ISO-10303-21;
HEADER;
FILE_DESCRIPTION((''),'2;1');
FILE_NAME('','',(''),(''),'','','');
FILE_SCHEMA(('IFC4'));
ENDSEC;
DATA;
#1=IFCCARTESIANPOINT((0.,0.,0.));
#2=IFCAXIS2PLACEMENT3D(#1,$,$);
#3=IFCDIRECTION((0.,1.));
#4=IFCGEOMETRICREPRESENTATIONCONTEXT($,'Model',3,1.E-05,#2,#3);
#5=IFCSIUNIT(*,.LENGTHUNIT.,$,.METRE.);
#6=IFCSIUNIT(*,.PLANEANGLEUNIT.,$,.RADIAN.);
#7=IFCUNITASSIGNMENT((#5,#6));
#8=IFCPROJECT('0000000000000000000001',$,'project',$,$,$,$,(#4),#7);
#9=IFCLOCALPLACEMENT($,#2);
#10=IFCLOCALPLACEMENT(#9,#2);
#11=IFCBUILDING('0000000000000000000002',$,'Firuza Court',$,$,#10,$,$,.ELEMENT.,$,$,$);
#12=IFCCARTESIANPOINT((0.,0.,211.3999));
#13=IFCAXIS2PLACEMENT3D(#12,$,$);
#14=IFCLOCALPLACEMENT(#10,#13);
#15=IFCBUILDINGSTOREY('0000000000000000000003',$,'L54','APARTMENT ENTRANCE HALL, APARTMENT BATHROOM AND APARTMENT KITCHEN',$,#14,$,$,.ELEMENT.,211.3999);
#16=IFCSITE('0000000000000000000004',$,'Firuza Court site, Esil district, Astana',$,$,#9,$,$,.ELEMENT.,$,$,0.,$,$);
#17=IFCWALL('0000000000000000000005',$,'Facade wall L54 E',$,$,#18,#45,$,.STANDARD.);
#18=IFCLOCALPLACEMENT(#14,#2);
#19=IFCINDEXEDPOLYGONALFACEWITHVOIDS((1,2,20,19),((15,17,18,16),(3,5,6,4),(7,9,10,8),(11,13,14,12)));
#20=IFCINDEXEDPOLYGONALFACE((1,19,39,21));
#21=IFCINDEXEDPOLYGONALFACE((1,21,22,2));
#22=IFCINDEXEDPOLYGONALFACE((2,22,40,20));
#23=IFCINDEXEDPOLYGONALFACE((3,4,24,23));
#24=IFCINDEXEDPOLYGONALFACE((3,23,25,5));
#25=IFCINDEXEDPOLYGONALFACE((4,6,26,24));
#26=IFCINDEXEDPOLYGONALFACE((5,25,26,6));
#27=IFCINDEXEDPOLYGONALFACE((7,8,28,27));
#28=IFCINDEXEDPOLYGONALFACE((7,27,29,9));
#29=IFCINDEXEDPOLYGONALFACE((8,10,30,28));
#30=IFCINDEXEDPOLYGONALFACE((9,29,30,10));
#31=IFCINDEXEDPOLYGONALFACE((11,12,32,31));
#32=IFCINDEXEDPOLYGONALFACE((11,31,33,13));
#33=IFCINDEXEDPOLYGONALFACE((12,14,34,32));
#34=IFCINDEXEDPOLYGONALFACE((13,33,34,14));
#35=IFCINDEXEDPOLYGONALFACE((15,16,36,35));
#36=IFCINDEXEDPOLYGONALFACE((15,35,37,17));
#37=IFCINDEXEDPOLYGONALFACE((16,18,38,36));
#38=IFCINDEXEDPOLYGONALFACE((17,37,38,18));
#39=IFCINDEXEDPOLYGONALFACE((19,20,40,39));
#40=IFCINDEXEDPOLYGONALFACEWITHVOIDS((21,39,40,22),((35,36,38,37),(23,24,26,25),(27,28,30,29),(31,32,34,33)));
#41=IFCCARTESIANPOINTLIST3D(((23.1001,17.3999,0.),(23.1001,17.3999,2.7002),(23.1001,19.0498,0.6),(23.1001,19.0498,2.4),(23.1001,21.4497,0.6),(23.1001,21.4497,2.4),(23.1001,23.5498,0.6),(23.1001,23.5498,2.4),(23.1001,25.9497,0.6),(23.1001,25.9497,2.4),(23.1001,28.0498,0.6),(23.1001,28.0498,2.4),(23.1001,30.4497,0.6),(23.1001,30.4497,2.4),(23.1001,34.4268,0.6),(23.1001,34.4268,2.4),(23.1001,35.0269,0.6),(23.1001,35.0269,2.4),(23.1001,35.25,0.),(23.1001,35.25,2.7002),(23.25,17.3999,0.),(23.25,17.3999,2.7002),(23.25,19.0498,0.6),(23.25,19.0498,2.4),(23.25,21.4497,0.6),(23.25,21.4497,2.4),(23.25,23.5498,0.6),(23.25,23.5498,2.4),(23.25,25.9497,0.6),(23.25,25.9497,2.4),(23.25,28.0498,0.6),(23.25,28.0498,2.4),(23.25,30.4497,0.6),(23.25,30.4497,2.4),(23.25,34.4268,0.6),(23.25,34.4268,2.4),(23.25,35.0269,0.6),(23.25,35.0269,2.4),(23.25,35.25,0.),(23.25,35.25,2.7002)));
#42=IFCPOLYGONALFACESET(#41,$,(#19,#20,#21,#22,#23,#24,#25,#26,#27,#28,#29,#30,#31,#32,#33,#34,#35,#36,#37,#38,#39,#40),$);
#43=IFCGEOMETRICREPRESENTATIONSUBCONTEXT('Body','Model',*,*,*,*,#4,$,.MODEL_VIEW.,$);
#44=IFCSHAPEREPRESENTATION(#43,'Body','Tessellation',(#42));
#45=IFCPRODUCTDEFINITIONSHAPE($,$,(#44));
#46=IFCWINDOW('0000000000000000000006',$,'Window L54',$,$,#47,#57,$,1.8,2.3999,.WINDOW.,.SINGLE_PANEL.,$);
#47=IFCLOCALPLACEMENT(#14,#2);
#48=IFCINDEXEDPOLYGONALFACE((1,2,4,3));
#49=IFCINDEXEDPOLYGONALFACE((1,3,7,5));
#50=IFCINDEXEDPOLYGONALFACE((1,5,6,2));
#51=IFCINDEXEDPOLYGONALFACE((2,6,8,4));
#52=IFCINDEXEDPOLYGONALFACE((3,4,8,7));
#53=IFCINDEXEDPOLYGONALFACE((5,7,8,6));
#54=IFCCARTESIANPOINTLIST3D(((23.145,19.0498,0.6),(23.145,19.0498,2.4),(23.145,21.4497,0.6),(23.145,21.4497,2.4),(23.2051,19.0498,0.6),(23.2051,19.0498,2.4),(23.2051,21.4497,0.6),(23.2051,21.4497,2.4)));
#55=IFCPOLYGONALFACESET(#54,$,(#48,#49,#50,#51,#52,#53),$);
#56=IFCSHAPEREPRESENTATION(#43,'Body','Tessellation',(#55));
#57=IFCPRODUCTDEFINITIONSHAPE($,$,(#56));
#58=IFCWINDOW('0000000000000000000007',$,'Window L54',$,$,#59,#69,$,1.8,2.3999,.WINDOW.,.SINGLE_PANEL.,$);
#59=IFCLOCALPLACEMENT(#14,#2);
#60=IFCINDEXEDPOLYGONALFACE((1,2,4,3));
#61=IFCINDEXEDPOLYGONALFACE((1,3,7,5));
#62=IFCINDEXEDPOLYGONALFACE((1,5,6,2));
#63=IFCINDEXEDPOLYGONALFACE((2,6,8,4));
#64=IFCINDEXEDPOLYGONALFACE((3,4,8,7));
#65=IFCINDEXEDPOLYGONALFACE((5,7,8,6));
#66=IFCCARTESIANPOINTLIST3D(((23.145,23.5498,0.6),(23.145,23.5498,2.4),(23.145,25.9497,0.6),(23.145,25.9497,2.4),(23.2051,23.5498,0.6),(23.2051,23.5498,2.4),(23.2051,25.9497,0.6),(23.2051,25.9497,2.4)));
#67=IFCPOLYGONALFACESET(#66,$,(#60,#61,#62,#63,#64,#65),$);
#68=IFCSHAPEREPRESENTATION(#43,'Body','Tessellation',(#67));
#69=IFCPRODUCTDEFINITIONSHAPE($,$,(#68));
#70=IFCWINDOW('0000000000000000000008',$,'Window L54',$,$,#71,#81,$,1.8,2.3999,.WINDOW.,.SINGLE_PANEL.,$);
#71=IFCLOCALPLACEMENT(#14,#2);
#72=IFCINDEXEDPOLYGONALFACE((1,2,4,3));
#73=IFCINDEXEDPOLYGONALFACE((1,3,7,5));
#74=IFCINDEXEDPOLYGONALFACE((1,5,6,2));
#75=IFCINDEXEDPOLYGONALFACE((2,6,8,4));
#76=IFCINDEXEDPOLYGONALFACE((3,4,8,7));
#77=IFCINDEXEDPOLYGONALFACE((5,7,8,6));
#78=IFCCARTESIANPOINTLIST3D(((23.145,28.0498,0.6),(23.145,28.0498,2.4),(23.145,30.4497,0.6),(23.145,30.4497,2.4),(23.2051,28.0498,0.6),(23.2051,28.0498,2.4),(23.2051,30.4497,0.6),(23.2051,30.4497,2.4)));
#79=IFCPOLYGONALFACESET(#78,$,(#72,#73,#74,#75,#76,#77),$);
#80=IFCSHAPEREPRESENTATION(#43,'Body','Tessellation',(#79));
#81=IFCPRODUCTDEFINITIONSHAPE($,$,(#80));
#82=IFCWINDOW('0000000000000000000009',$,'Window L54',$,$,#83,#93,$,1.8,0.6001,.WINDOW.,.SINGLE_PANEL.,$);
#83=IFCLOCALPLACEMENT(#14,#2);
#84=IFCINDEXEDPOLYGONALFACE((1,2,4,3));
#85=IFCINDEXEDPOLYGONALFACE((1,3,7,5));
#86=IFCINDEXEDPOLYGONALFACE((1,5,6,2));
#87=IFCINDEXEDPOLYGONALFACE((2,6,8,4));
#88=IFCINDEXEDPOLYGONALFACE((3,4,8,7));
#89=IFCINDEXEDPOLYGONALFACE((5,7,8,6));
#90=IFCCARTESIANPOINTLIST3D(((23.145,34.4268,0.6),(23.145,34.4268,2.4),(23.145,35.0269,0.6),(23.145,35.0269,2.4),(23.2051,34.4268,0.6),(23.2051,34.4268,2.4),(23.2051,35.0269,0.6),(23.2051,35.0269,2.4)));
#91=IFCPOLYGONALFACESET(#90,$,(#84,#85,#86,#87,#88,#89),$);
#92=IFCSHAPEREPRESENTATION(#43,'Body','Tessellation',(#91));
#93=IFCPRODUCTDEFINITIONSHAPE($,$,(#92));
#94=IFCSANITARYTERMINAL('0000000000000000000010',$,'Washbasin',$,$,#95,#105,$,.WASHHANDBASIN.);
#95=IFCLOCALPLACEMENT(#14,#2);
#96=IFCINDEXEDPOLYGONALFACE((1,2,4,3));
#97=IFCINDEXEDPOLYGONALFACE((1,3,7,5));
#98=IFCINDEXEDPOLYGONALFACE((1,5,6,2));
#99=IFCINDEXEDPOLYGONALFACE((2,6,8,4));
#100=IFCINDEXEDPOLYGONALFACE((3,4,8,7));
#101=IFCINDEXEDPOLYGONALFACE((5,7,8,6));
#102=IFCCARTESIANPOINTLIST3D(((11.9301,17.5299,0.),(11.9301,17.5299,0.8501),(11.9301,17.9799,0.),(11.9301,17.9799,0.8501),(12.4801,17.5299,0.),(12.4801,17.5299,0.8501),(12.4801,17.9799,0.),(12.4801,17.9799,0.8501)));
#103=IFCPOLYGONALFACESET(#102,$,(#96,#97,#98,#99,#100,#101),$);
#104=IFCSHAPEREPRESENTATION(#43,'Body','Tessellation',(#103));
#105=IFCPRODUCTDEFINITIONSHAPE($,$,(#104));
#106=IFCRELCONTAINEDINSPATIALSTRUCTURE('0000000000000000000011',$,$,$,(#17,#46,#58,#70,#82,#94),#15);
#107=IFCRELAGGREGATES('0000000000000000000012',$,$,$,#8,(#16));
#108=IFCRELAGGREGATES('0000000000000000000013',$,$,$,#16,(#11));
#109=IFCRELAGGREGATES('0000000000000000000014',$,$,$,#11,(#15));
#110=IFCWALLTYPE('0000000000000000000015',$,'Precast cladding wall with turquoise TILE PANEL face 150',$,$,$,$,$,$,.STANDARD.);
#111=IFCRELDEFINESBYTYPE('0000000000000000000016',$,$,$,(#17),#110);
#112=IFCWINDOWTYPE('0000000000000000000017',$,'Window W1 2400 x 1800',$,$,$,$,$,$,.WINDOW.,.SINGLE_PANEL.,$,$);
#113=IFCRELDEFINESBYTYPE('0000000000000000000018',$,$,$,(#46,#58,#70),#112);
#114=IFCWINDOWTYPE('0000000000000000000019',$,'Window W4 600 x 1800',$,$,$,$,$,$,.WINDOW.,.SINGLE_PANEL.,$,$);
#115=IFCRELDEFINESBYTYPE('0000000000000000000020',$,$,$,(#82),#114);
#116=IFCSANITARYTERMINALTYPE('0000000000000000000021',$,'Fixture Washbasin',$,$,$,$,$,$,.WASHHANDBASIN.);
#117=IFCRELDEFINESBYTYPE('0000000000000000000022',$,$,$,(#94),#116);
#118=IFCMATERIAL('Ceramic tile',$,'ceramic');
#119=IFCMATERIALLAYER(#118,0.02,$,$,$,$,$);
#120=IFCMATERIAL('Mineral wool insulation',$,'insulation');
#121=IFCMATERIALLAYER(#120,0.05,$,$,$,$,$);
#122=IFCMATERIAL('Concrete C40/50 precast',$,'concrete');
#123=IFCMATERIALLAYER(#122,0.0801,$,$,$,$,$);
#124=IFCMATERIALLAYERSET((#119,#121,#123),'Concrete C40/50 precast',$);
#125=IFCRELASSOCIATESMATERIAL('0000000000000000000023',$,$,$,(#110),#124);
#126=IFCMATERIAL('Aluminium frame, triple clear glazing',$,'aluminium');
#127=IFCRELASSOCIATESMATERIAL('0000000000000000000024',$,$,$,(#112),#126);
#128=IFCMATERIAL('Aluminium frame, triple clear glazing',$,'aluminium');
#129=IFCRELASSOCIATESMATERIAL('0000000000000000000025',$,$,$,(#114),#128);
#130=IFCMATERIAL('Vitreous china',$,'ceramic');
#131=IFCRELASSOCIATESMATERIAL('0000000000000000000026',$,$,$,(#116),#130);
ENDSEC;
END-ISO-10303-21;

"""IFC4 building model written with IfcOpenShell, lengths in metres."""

from ifc_helpers import new_model, si_unit, direction, frame, frame_2d, origin, origin_2d, place, context, subcontext, project, spatial, rectangle, extrude, material, layer, layer_set, type_object, element, fill, save


model = new_model("IFC4")

# Units and contexts
model_context = context("Model", 3, precision=1e-05, world=origin(), true_north=direction((0.0, 1.0)))
body_context = subcontext(model_context, "Body", "Model", "MODEL_VIEW")
ifc_project = project(units=[si_unit("LENGTHUNIT", "METRE"), si_unit("PLANEANGLEUNIT", "RADIAN")], contexts=[model_context])

# Site, building, storey
site_placement = place(None, origin())
site = spatial("IfcSite", under=ifc_project, at=site_placement, Name="Firuza Court site, Esil district, Astana", CompositionType="ELEMENT", RefElevation=0.0)
building_placement = place(site_placement, origin())
building = spatial("IfcBuilding", under=site, at=building_placement, Name="Firuza Court", CompositionType="ELEMENT")
storey_placement = place(building_placement, frame((0.0, 0.0, 211.3999)))
storey = spatial("IfcBuildingStorey", under=building, at=storey_placement, Name="L54", Description="APARTMENT ENTRANCE HALL, APARTMENT BATHROOM AND APARTMENT KITCHEN", CompositionType="ELEMENT", Elevation=211.3999)

# Wall, openings, windows
ifc_material_1 = material(Name="Ceramic tile", Category="ceramic")
ifc_layer_1 = layer(ifc_material_1, 0.02)
ifc_material_2 = material(Name="Mineral wool insulation", Category="insulation")
ifc_layer_2 = layer(ifc_material_2, 0.05)
ifc_material_3 = material(Name="Concrete C40/50 precast", Category="concrete")
ifc_layer_3 = layer(ifc_material_3, 0.0801)
ifc_layer_set_1 = layer_set([ifc_layer_1, ifc_layer_2, ifc_layer_3], Name="Concrete C40/50 precast")
wall_type_1 = type_object("IfcWallType", Name="Precast cladding wall with turquoise TILE PANEL face 150", PredefinedType="STANDARD", material=ifc_layer_set_1)
wall_1_placement = place(storey_placement, frame((23.175, 17.3999, 0.0), z_axis=(0.0, 0.0, 1.0), x_axis=(0.0, 1.0, 0.0)))
wall_1 = element("IfcWall", 1, at=wall_1_placement, inside=storey, type_object=wall_type_1, Name="Facade wall L54 E", PredefinedType="STANDARD", context=body_context, shape_type="SweptSolid", body=[
    extrude(rectangle(XDim=17.8501, YDim=0.1499, at=frame_2d((8.925, 0.0))), origin(), (0.0, 0.0, 1.0), 2.7002),
])
opening_1_placement = place(wall_1_placement, frame((1.6499, 0.0, 0.6001)))
opening_1 = element("IfcOpeningElement", 2, at=opening_1_placement, cuts=wall_1, PredefinedType="OPENING", context=body_context, shape_type="SweptSolid", body=[
    extrude(rectangle(XDim=2.3999, YDim=1.8, at=frame_2d((1.2, 0.8999))), frame((0.0, 0.0869, 0.0), z_axis=(0.0, -1.0, 0.0), x_axis=(1.0, 0.0, 0.0)), (0.0, 0.0, 1.0), 0.1738),
])
opening_2_placement = place(wall_1_placement, frame((6.1499, 0.0, 0.6001)))
opening_2 = element("IfcOpeningElement", 3, at=opening_2_placement, cuts=wall_1, PredefinedType="OPENING", context=body_context, shape_type="SweptSolid", body=[
    extrude(rectangle(XDim=2.3999, YDim=1.8, at=frame_2d((1.2, 0.8999))), frame((0.0, 0.0869, 0.0), z_axis=(0.0, -1.0, 0.0), x_axis=(1.0, 0.0, 0.0)), (0.0, 0.0, 1.0), 0.1738),
])
opening_3_placement = place(wall_1_placement, frame((10.6499, 0.0, 0.6001)))
opening_3 = element("IfcOpeningElement", 4, at=opening_3_placement, cuts=wall_1, PredefinedType="OPENING", context=body_context, shape_type="SweptSolid", body=[
    extrude(rectangle(XDim=2.3999, YDim=1.8, at=frame_2d((1.2, 0.8999))), frame((0.0, 0.0869, 0.0), z_axis=(0.0, -1.0, 0.0), x_axis=(1.0, 0.0, 0.0)), (0.0, 0.0, 1.0), 0.1738),
])
opening_4_placement = place(wall_1_placement, frame((17.0269, 0.0, 0.6001)))
opening_4 = element("IfcOpeningElement", 5, at=opening_4_placement, cuts=wall_1, PredefinedType="OPENING", context=body_context, shape_type="SweptSolid", body=[
    extrude(rectangle(XDim=0.6001, YDim=1.8, at=frame_2d((0.3, 0.8999))), frame((0.0, 0.0869, 0.0), z_axis=(0.0, -1.0, 0.0), x_axis=(1.0, 0.0, 0.0)), (0.0, 0.0, 1.0), 0.1738),
])
ifc_material_4 = material(Name="Aluminium frame, triple clear glazing", Category="aluminium")
window_type_1 = type_object("IfcWindowType", Name="Window W1 2400 x 1800", PartitioningType="SINGLE_PANEL", PredefinedType="WINDOW", material=ifc_material_4)
window_1_placement = place(opening_1_placement, origin())
window_1 = element("IfcWindow", 6, at=window_1_placement, inside=storey, type_object=window_type_1, Name="Window L54", OverallHeight=1.8, OverallWidth=2.3999, PartitioningType="SINGLE_PANEL", PredefinedType="WINDOW", context=body_context, shape_type="SweptSolid", body=[
    extrude(rectangle(XDim=2.3999, YDim=1.8, at=frame_2d((1.2, 0.8999))), frame((0.0, 0.03, 0.0), z_axis=(0.0, -1.0, 0.0), x_axis=(1.0, 0.0, 0.0)), (0.0, 0.0, 1.0), 0.0601),
])
fill(opening_1, window_1)
window_2_placement = place(opening_2_placement, origin())
window_2 = element("IfcWindow", 7, at=window_2_placement, inside=storey, type_object=window_type_1, Name="Window L54", OverallHeight=1.8, OverallWidth=2.3999, PartitioningType="SINGLE_PANEL", PredefinedType="WINDOW", context=body_context, shape_type="SweptSolid", body=[
    extrude(rectangle(XDim=2.3999, YDim=1.8, at=frame_2d((1.2, 0.8999))), frame((0.0, 0.03, 0.0), z_axis=(0.0, -1.0, 0.0), x_axis=(1.0, 0.0, 0.0)), (0.0, 0.0, 1.0), 0.0601),
])
fill(opening_2, window_2)
window_3_placement = place(opening_3_placement, origin())
window_3 = element("IfcWindow", 8, at=window_3_placement, inside=storey, type_object=window_type_1, Name="Window L54", OverallHeight=1.8, OverallWidth=2.3999, PartitioningType="SINGLE_PANEL", PredefinedType="WINDOW", context=body_context, shape_type="SweptSolid", body=[
    extrude(rectangle(XDim=2.3999, YDim=1.8, at=frame_2d((1.2, 0.8999))), frame((0.0, 0.03, 0.0), z_axis=(0.0, -1.0, 0.0), x_axis=(1.0, 0.0, 0.0)), (0.0, 0.0, 1.0), 0.0601),
])
fill(opening_3, window_3)
ifc_material_5 = material(Name="Aluminium frame, triple clear glazing", Category="aluminium")
window_type_2 = type_object("IfcWindowType", Name="Window W4 600 x 1800", PartitioningType="SINGLE_PANEL", PredefinedType="WINDOW", material=ifc_material_5)
window_4_placement = place(opening_4_placement, origin())
window_4 = element("IfcWindow", 9, at=window_4_placement, inside=storey, type_object=window_type_2, Name="Window L54", OverallHeight=1.8, OverallWidth=0.6001, PartitioningType="SINGLE_PANEL", PredefinedType="WINDOW", context=body_context, shape_type="SweptSolid", body=[
    extrude(rectangle(XDim=0.6001, YDim=1.8, at=frame_2d((0.3, 0.8999))), frame((0.0, 0.03, 0.0), z_axis=(0.0, -1.0, 0.0), x_axis=(1.0, 0.0, 0.0)), (0.0, 0.0, 1.0), 0.0601),
])
fill(opening_4, window_4)

# Sanitary terminal
ifc_material_6 = material(Name="Vitreous china", Category="ceramic")
sanitary_terminal_type = type_object("IfcSanitaryTerminalType", Name="Fixture Washbasin", PredefinedType="WASHHANDBASIN", material=ifc_material_6)
sanitary_terminal_placement = place(storey_placement, frame((12.2051, 17.7549, 0.0), z_axis=(0.0, 0.0, 1.0), x_axis=(1.0, 0.0, 0.0)))
element("IfcSanitaryTerminal", 10, at=sanitary_terminal_placement, inside=storey, type_object=sanitary_terminal_type, Name="Washbasin", PredefinedType="WASHHANDBASIN", context=body_context, shape_type="SweptSolid", body=[
    extrude(rectangle(XDim=0.55, YDim=0.45, at=origin_2d()), origin(), (0.0, 0.0, 1.0), 0.8501),
])

save(model, "model.ifc")
